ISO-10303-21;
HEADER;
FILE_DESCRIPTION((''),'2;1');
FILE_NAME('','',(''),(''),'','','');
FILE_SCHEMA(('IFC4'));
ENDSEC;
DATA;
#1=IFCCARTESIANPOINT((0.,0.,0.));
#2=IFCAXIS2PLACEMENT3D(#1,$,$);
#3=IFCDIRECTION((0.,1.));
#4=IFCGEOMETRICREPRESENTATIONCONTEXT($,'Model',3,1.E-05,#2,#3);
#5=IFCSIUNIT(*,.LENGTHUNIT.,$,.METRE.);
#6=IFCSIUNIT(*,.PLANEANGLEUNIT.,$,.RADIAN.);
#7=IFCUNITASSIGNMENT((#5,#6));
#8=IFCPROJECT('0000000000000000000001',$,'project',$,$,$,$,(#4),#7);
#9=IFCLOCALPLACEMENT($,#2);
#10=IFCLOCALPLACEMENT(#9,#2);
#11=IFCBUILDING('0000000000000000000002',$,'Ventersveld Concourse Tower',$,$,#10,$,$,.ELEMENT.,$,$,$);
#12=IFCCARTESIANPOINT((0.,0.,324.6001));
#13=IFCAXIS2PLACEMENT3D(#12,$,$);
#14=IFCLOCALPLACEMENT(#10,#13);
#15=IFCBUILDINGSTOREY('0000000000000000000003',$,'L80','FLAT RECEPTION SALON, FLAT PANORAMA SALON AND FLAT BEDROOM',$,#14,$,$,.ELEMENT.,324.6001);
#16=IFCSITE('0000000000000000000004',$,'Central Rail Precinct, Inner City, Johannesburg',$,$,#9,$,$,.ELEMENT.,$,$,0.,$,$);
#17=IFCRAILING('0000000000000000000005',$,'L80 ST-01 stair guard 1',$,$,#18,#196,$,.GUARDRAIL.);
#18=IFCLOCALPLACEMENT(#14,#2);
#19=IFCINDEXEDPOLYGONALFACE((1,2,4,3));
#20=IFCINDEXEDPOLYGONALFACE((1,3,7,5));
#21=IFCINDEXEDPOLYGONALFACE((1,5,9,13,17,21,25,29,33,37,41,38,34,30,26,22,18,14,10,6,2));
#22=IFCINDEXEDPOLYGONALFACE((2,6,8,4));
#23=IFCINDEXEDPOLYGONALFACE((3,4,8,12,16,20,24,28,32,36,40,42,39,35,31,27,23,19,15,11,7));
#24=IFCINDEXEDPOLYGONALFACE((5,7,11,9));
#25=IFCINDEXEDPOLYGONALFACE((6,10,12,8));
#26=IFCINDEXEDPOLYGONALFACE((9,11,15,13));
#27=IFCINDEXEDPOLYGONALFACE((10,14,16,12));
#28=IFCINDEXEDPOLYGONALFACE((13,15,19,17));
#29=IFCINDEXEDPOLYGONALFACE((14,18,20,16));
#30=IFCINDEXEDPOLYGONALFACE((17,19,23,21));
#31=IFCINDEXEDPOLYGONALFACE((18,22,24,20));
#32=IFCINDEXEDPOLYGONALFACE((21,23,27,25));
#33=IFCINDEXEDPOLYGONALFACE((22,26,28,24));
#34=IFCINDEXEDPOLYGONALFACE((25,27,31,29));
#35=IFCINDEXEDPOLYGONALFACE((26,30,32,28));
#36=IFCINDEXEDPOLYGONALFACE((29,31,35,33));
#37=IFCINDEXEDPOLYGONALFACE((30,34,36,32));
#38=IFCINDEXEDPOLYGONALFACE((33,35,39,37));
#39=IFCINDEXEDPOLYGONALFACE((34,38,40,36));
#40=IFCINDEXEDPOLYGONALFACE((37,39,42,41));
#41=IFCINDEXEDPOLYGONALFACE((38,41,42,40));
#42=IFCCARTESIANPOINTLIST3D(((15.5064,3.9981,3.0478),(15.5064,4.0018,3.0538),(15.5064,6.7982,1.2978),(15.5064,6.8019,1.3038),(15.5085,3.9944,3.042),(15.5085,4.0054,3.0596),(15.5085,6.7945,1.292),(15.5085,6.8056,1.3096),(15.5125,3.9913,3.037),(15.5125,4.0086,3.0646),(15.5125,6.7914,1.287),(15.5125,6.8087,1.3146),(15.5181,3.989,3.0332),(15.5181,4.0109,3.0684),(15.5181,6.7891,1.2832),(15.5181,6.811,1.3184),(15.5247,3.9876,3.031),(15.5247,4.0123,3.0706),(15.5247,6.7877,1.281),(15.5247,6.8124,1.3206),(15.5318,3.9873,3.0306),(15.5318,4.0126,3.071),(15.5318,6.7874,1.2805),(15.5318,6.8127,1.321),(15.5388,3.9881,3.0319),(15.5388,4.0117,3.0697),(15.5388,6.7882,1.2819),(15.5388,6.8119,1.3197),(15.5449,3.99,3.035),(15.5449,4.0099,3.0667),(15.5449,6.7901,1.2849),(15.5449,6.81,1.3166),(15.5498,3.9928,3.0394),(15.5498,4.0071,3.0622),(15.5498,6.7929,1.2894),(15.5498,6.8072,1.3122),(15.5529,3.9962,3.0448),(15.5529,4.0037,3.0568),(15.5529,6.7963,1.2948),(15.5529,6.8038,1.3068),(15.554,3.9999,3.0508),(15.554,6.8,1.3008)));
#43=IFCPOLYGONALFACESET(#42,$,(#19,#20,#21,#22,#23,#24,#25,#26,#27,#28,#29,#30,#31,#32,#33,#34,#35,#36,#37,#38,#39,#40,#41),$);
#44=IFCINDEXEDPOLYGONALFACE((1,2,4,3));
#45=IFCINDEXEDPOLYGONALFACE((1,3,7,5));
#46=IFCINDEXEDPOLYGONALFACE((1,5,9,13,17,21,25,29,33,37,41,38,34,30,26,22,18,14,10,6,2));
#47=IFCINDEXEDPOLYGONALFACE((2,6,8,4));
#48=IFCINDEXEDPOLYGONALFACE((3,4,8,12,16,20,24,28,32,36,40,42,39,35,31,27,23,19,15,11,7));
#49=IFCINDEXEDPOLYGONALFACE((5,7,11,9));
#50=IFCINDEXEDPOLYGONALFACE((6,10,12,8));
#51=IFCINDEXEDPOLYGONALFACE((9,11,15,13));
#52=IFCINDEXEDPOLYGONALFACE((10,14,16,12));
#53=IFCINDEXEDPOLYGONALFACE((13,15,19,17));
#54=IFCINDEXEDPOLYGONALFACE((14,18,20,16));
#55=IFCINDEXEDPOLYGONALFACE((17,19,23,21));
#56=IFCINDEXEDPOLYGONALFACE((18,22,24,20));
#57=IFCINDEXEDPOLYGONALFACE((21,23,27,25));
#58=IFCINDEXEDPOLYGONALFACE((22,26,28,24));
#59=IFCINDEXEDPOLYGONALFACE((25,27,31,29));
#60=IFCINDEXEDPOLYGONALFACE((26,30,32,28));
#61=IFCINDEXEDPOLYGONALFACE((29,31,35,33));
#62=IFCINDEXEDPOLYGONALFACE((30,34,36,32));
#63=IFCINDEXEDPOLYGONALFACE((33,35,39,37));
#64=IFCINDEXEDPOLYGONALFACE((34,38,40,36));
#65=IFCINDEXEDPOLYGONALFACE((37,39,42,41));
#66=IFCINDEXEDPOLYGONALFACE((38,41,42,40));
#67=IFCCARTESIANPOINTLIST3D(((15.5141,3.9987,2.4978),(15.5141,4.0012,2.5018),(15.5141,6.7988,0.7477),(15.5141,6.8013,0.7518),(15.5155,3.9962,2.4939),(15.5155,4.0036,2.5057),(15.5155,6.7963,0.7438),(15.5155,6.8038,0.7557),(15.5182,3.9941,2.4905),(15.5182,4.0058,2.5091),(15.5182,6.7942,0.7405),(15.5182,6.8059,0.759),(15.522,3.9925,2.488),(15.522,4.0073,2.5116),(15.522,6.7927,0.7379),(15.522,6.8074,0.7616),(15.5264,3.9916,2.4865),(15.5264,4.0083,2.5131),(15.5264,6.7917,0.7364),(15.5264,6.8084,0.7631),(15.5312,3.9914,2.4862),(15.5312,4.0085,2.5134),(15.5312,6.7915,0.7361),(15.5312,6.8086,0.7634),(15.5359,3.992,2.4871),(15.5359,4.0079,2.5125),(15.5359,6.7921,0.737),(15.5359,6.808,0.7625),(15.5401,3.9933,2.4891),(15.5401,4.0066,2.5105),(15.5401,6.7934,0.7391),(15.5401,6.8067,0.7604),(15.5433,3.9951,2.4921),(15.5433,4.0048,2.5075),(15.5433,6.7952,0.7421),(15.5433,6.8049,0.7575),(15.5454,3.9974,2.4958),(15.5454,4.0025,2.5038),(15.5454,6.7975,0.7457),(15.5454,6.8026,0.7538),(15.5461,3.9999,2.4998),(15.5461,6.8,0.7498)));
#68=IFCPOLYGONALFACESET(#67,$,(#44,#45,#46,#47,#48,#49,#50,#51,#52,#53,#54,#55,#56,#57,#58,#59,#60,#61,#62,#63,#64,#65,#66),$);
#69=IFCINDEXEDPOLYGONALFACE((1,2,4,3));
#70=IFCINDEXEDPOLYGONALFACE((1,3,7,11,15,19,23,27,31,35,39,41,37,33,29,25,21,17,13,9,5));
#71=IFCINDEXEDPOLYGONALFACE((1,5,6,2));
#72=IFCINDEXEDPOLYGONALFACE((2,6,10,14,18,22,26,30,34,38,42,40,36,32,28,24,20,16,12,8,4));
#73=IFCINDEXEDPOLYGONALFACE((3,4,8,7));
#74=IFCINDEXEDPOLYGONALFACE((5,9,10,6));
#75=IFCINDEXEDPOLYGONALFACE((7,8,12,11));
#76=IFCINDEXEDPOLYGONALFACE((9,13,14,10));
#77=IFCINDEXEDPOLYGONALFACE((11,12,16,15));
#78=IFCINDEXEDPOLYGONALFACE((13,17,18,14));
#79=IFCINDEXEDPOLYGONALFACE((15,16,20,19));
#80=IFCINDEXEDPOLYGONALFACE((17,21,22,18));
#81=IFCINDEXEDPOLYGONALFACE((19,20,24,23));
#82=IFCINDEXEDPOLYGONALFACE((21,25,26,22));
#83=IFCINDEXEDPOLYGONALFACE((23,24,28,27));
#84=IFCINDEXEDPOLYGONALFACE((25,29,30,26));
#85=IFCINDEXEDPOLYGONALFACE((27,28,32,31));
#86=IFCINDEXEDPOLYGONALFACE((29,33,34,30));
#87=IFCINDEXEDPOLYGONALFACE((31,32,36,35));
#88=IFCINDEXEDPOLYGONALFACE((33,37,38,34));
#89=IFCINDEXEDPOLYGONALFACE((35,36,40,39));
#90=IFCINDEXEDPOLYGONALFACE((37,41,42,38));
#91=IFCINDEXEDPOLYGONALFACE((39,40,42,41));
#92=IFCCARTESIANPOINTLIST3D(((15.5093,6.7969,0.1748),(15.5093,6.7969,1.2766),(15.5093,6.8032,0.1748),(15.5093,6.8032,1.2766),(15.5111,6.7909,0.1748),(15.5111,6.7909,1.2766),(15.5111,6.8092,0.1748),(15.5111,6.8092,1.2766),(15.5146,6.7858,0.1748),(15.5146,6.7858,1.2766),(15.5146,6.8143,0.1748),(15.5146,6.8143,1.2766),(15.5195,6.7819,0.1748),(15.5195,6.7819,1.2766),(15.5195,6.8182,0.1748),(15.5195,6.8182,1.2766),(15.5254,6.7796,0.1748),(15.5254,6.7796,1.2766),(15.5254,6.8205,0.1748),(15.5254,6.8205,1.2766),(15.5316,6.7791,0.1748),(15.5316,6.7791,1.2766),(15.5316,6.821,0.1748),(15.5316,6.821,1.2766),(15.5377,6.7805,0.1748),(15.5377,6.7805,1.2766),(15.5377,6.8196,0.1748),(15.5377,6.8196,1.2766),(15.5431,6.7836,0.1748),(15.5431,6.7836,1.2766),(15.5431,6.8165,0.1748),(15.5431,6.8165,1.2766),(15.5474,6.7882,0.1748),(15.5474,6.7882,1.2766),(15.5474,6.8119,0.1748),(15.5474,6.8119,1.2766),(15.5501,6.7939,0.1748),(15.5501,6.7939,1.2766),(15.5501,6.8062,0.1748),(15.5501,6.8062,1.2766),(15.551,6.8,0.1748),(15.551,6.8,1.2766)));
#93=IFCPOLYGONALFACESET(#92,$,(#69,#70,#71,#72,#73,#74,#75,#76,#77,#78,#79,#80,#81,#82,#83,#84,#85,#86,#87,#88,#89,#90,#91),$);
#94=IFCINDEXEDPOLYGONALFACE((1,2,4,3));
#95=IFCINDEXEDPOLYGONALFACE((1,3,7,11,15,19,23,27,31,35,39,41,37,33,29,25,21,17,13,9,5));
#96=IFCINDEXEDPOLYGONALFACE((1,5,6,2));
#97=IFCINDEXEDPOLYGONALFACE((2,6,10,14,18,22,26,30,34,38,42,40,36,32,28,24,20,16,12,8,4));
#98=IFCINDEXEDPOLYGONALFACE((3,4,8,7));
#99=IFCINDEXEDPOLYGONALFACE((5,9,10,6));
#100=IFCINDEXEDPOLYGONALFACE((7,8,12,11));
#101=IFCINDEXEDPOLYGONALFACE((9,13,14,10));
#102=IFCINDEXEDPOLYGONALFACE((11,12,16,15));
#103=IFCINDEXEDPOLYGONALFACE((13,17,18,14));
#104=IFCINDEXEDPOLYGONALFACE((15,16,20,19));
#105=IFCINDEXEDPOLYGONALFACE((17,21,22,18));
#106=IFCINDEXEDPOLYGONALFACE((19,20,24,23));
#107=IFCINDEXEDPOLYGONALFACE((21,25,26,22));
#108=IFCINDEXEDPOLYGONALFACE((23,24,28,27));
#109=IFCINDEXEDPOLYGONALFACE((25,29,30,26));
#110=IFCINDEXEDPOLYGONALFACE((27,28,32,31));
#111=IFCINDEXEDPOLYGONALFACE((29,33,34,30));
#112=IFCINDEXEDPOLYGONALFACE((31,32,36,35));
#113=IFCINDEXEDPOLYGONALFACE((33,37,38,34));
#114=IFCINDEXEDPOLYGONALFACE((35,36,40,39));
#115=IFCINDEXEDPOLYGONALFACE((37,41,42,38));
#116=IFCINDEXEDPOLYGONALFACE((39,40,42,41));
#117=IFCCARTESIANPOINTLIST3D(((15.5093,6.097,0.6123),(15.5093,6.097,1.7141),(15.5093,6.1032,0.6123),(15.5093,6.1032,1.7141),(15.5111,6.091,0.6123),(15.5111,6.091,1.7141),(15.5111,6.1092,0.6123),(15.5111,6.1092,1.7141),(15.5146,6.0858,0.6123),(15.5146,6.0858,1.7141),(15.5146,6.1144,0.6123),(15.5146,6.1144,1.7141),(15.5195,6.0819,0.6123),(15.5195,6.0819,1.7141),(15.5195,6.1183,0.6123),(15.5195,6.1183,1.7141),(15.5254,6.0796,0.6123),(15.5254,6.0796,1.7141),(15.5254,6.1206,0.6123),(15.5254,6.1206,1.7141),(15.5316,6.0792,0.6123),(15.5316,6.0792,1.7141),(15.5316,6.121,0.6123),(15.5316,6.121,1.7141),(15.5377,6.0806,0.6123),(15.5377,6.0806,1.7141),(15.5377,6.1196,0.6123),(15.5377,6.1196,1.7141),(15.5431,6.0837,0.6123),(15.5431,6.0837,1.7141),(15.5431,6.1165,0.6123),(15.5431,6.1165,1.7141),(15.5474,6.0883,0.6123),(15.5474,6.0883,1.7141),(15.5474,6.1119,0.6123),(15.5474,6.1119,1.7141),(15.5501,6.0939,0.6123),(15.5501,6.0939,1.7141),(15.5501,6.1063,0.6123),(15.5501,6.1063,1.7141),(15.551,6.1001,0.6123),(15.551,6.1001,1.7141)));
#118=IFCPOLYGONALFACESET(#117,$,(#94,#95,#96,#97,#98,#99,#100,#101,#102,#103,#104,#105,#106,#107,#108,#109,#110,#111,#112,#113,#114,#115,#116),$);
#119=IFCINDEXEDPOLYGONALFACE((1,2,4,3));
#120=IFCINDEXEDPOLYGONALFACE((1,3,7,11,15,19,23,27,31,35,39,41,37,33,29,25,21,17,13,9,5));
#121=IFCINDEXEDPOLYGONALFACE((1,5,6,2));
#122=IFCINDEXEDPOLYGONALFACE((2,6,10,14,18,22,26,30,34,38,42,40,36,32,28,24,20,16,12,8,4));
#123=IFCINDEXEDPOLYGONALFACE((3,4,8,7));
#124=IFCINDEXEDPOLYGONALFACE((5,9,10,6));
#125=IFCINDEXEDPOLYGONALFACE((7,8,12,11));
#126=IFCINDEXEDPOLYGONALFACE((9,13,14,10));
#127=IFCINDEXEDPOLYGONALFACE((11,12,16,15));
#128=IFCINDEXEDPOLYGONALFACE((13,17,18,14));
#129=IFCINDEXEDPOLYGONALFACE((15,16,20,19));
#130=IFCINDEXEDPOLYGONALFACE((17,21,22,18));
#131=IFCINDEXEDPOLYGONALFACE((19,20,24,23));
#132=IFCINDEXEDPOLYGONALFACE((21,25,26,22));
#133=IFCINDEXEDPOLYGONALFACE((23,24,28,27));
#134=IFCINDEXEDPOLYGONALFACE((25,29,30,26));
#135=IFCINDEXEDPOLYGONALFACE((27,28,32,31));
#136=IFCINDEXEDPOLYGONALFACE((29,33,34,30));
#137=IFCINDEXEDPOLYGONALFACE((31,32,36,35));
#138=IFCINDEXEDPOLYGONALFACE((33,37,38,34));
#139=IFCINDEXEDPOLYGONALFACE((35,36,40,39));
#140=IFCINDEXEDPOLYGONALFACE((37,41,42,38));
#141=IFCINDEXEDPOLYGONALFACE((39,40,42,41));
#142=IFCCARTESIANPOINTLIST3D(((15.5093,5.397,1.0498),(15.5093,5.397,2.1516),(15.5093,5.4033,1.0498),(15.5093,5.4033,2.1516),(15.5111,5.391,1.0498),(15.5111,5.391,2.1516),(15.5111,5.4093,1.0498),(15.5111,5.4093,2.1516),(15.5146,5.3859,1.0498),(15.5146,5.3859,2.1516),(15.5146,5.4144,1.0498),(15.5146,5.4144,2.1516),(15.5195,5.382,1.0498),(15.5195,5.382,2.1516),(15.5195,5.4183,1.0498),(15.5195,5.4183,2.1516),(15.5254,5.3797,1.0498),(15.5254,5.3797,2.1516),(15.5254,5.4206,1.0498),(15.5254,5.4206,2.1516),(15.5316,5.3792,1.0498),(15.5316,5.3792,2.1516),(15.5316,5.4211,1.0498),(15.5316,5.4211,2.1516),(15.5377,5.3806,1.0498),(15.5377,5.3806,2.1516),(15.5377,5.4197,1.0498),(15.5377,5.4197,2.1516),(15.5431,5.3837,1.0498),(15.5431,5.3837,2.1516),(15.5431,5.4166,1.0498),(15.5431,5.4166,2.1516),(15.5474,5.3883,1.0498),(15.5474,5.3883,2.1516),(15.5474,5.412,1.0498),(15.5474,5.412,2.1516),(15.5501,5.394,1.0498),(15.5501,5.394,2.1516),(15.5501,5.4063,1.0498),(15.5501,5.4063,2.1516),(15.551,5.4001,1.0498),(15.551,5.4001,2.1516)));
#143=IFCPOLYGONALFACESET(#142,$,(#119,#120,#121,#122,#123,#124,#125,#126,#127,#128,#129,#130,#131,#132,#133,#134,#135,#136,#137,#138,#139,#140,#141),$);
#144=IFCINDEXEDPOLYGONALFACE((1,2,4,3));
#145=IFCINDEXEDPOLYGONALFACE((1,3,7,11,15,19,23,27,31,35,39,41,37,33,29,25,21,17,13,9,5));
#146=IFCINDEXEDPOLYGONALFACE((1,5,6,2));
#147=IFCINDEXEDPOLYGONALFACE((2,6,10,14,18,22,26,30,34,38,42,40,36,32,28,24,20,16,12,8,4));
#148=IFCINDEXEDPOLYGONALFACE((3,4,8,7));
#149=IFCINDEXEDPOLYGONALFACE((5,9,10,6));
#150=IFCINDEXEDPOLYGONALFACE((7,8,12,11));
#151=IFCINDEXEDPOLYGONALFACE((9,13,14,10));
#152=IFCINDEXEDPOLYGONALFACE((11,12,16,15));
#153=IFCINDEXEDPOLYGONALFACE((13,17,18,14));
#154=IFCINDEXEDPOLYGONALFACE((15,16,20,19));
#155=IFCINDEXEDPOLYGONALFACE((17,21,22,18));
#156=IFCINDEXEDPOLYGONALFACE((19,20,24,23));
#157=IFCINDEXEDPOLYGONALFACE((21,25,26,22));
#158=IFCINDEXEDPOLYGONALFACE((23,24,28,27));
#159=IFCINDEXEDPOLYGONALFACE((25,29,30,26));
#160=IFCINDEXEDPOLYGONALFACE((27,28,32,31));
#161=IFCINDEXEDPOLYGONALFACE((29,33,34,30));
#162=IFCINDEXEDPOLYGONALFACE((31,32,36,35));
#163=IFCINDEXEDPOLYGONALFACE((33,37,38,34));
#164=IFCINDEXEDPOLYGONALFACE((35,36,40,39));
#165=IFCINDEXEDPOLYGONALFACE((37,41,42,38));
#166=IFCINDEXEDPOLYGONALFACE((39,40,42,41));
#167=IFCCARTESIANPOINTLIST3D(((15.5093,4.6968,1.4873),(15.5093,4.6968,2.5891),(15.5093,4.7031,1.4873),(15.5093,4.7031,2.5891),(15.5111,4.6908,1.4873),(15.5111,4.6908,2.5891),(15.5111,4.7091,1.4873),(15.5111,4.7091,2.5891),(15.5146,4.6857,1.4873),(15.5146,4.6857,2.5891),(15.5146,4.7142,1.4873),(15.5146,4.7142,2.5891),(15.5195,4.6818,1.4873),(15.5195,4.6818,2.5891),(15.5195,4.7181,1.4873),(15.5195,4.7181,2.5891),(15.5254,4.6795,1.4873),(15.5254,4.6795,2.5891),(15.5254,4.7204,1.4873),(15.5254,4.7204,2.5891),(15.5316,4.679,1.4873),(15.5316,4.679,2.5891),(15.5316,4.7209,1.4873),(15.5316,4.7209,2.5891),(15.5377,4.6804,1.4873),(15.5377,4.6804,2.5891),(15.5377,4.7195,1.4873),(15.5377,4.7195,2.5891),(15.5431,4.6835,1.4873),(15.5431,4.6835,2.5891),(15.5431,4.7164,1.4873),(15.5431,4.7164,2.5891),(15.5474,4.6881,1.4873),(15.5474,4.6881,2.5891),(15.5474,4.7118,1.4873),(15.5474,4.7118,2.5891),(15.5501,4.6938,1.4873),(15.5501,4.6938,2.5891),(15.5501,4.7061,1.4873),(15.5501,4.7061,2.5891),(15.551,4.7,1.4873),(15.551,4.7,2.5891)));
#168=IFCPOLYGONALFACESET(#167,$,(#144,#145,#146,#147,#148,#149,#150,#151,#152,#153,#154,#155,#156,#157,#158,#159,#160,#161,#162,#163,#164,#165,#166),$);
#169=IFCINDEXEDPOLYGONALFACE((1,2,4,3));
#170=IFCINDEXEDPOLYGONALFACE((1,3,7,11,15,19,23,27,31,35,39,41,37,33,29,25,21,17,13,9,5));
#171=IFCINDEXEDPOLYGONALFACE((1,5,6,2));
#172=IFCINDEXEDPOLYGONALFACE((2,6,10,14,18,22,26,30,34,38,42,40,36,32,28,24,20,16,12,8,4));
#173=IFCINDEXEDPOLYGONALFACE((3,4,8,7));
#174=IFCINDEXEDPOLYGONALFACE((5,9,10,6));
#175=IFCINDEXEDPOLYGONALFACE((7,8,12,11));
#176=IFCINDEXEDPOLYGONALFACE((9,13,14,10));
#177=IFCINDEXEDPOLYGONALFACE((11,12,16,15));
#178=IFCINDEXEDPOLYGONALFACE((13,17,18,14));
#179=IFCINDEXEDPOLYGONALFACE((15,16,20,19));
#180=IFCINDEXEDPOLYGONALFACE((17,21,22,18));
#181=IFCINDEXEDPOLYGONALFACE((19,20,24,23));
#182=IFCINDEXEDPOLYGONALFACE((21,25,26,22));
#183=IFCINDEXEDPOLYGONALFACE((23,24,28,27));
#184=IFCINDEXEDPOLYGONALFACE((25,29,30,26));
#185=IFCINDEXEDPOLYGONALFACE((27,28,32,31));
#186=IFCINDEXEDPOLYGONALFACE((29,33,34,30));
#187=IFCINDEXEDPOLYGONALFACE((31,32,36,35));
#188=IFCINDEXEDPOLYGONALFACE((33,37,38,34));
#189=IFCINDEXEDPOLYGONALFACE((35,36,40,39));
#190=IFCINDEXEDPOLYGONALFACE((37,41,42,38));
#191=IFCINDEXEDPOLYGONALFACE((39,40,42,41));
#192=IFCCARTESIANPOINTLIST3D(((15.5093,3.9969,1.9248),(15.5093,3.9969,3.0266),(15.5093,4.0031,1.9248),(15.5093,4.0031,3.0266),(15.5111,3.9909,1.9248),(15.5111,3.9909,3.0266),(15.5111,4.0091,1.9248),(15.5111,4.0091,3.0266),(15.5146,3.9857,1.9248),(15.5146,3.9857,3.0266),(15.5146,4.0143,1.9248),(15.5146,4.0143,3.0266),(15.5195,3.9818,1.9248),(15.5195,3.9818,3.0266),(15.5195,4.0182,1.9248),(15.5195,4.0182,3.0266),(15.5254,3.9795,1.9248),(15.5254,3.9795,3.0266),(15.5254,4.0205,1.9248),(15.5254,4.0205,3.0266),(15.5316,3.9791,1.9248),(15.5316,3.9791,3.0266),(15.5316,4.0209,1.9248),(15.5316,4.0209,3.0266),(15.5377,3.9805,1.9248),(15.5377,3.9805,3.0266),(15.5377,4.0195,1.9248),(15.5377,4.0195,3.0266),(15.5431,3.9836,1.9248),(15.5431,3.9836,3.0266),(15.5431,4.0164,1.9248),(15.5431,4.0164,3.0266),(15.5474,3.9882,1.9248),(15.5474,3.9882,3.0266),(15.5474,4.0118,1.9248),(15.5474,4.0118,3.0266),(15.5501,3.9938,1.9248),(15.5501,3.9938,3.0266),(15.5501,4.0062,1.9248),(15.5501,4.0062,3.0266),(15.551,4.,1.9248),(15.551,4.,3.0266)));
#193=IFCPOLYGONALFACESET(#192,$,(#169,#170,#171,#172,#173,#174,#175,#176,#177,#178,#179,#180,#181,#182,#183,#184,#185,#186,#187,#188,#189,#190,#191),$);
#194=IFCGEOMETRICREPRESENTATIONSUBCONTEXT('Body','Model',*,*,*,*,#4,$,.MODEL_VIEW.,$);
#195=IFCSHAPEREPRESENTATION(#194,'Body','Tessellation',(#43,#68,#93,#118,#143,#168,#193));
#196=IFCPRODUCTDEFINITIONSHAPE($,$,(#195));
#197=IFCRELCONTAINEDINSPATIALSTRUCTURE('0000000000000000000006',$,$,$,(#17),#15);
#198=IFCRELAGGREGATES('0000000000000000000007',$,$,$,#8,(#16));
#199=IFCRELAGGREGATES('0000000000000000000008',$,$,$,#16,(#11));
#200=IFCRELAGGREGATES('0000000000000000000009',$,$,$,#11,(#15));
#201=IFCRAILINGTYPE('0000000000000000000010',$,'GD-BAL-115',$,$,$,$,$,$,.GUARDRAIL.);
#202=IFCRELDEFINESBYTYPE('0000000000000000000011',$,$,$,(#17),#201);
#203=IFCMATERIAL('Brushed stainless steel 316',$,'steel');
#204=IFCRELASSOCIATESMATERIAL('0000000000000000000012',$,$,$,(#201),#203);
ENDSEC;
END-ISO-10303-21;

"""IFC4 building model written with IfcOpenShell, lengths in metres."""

from ifc_helpers import new_model, si_unit, direction, frame, origin, origin_2d, place, context, subcontext, project, spatial, circle, extrude, material, type_object, element, save


model = new_model("IFC4")

# Units and contexts
model_context = context("Model", 3, precision=1e-05, world=origin(), true_north=direction((0.0, 1.0)))
body_context = subcontext(model_context, "Body", "Model", "MODEL_VIEW")
ifc_project = project(units=[si_unit("LENGTHUNIT", "METRE"), si_unit("PLANEANGLEUNIT", "RADIAN")], contexts=[model_context])

# Site, building, storey
site_placement = place(None, origin())
site = spatial("IfcSite", under=ifc_project, at=site_placement, Name="Central Rail Precinct, Inner City, Johannesburg", CompositionType="ELEMENT", RefElevation=0.0)
building_placement = place(site_placement, origin())
building = spatial("IfcBuilding", under=site, at=building_placement, Name="Ventersveld Concourse Tower", CompositionType="ELEMENT")
storey_placement = place(building_placement, frame((0.0, 0.0, 324.6001)))
storey = spatial("IfcBuildingStorey", under=building, at=storey_placement, Name="L80", Description="FLAT RECEPTION SALON, FLAT PANORAMA SALON AND FLAT BEDROOM", CompositionType="ELEMENT", Elevation=324.6001)

# Shared definitions
ifc_material_1 = material(Name="Brushed stainless steel 316", Category="steel")

# Railing
railing_type_1 = type_object("IfcRailingType", Name="GD-BAL-115", PredefinedType="GUARDRAIL", material=ifc_material_1)
railing_1_placement = place(storey_placement, frame((15.53, 6.8, 0.1748)))
element("IfcRailing", 1, at=railing_1_placement, inside=storey, type_object=railing_type_1, Name="L80 ST-01 stair guard 1", PredefinedType="GUARDRAIL", context=body_context, shape_type="SweptSolid", body=[
    extrude(circle(Radius=0.0239, at=origin_2d()), frame((0.0, 0.0, 1.126), z_axis=(0.0, -0.848002, 0.529992), x_axis=(1.0, 0.0, 0.0)), (0.0, 0.0, 1.0), 3.302),
    extrude(circle(Radius=0.0161, at=origin_2d()), frame((0.0, 0.0, 0.575), z_axis=(0.0, -0.848002, 0.529992), x_axis=(1.0, 0.0, 0.0)), (0.0, 0.0, 1.0), 3.302),
    extrude(circle(Radius=0.021, at=origin_2d()), origin(), (0.0, 0.0, 1.0), 1.1018),
    extrude(circle(Radius=0.021, at=origin_2d()), frame((0.0, -0.7, 0.4375)), (0.0, 0.0, 1.0), 1.1018),
    extrude(circle(Radius=0.021, at=origin_2d()), frame((0.0, -1.3999, 0.875)), (0.0, 0.0, 1.0), 1.1018),
    extrude(circle(Radius=0.021, at=origin_2d()), frame((0.0, -2.1001, 1.3125)), (0.0, 0.0, 1.0), 1.1018),
    extrude(circle(Radius=0.021, at=origin_2d()), frame((0.0, -2.8, 1.75)), (0.0, 0.0, 1.0), 1.1018),
])

save(model, "model.ifc")
